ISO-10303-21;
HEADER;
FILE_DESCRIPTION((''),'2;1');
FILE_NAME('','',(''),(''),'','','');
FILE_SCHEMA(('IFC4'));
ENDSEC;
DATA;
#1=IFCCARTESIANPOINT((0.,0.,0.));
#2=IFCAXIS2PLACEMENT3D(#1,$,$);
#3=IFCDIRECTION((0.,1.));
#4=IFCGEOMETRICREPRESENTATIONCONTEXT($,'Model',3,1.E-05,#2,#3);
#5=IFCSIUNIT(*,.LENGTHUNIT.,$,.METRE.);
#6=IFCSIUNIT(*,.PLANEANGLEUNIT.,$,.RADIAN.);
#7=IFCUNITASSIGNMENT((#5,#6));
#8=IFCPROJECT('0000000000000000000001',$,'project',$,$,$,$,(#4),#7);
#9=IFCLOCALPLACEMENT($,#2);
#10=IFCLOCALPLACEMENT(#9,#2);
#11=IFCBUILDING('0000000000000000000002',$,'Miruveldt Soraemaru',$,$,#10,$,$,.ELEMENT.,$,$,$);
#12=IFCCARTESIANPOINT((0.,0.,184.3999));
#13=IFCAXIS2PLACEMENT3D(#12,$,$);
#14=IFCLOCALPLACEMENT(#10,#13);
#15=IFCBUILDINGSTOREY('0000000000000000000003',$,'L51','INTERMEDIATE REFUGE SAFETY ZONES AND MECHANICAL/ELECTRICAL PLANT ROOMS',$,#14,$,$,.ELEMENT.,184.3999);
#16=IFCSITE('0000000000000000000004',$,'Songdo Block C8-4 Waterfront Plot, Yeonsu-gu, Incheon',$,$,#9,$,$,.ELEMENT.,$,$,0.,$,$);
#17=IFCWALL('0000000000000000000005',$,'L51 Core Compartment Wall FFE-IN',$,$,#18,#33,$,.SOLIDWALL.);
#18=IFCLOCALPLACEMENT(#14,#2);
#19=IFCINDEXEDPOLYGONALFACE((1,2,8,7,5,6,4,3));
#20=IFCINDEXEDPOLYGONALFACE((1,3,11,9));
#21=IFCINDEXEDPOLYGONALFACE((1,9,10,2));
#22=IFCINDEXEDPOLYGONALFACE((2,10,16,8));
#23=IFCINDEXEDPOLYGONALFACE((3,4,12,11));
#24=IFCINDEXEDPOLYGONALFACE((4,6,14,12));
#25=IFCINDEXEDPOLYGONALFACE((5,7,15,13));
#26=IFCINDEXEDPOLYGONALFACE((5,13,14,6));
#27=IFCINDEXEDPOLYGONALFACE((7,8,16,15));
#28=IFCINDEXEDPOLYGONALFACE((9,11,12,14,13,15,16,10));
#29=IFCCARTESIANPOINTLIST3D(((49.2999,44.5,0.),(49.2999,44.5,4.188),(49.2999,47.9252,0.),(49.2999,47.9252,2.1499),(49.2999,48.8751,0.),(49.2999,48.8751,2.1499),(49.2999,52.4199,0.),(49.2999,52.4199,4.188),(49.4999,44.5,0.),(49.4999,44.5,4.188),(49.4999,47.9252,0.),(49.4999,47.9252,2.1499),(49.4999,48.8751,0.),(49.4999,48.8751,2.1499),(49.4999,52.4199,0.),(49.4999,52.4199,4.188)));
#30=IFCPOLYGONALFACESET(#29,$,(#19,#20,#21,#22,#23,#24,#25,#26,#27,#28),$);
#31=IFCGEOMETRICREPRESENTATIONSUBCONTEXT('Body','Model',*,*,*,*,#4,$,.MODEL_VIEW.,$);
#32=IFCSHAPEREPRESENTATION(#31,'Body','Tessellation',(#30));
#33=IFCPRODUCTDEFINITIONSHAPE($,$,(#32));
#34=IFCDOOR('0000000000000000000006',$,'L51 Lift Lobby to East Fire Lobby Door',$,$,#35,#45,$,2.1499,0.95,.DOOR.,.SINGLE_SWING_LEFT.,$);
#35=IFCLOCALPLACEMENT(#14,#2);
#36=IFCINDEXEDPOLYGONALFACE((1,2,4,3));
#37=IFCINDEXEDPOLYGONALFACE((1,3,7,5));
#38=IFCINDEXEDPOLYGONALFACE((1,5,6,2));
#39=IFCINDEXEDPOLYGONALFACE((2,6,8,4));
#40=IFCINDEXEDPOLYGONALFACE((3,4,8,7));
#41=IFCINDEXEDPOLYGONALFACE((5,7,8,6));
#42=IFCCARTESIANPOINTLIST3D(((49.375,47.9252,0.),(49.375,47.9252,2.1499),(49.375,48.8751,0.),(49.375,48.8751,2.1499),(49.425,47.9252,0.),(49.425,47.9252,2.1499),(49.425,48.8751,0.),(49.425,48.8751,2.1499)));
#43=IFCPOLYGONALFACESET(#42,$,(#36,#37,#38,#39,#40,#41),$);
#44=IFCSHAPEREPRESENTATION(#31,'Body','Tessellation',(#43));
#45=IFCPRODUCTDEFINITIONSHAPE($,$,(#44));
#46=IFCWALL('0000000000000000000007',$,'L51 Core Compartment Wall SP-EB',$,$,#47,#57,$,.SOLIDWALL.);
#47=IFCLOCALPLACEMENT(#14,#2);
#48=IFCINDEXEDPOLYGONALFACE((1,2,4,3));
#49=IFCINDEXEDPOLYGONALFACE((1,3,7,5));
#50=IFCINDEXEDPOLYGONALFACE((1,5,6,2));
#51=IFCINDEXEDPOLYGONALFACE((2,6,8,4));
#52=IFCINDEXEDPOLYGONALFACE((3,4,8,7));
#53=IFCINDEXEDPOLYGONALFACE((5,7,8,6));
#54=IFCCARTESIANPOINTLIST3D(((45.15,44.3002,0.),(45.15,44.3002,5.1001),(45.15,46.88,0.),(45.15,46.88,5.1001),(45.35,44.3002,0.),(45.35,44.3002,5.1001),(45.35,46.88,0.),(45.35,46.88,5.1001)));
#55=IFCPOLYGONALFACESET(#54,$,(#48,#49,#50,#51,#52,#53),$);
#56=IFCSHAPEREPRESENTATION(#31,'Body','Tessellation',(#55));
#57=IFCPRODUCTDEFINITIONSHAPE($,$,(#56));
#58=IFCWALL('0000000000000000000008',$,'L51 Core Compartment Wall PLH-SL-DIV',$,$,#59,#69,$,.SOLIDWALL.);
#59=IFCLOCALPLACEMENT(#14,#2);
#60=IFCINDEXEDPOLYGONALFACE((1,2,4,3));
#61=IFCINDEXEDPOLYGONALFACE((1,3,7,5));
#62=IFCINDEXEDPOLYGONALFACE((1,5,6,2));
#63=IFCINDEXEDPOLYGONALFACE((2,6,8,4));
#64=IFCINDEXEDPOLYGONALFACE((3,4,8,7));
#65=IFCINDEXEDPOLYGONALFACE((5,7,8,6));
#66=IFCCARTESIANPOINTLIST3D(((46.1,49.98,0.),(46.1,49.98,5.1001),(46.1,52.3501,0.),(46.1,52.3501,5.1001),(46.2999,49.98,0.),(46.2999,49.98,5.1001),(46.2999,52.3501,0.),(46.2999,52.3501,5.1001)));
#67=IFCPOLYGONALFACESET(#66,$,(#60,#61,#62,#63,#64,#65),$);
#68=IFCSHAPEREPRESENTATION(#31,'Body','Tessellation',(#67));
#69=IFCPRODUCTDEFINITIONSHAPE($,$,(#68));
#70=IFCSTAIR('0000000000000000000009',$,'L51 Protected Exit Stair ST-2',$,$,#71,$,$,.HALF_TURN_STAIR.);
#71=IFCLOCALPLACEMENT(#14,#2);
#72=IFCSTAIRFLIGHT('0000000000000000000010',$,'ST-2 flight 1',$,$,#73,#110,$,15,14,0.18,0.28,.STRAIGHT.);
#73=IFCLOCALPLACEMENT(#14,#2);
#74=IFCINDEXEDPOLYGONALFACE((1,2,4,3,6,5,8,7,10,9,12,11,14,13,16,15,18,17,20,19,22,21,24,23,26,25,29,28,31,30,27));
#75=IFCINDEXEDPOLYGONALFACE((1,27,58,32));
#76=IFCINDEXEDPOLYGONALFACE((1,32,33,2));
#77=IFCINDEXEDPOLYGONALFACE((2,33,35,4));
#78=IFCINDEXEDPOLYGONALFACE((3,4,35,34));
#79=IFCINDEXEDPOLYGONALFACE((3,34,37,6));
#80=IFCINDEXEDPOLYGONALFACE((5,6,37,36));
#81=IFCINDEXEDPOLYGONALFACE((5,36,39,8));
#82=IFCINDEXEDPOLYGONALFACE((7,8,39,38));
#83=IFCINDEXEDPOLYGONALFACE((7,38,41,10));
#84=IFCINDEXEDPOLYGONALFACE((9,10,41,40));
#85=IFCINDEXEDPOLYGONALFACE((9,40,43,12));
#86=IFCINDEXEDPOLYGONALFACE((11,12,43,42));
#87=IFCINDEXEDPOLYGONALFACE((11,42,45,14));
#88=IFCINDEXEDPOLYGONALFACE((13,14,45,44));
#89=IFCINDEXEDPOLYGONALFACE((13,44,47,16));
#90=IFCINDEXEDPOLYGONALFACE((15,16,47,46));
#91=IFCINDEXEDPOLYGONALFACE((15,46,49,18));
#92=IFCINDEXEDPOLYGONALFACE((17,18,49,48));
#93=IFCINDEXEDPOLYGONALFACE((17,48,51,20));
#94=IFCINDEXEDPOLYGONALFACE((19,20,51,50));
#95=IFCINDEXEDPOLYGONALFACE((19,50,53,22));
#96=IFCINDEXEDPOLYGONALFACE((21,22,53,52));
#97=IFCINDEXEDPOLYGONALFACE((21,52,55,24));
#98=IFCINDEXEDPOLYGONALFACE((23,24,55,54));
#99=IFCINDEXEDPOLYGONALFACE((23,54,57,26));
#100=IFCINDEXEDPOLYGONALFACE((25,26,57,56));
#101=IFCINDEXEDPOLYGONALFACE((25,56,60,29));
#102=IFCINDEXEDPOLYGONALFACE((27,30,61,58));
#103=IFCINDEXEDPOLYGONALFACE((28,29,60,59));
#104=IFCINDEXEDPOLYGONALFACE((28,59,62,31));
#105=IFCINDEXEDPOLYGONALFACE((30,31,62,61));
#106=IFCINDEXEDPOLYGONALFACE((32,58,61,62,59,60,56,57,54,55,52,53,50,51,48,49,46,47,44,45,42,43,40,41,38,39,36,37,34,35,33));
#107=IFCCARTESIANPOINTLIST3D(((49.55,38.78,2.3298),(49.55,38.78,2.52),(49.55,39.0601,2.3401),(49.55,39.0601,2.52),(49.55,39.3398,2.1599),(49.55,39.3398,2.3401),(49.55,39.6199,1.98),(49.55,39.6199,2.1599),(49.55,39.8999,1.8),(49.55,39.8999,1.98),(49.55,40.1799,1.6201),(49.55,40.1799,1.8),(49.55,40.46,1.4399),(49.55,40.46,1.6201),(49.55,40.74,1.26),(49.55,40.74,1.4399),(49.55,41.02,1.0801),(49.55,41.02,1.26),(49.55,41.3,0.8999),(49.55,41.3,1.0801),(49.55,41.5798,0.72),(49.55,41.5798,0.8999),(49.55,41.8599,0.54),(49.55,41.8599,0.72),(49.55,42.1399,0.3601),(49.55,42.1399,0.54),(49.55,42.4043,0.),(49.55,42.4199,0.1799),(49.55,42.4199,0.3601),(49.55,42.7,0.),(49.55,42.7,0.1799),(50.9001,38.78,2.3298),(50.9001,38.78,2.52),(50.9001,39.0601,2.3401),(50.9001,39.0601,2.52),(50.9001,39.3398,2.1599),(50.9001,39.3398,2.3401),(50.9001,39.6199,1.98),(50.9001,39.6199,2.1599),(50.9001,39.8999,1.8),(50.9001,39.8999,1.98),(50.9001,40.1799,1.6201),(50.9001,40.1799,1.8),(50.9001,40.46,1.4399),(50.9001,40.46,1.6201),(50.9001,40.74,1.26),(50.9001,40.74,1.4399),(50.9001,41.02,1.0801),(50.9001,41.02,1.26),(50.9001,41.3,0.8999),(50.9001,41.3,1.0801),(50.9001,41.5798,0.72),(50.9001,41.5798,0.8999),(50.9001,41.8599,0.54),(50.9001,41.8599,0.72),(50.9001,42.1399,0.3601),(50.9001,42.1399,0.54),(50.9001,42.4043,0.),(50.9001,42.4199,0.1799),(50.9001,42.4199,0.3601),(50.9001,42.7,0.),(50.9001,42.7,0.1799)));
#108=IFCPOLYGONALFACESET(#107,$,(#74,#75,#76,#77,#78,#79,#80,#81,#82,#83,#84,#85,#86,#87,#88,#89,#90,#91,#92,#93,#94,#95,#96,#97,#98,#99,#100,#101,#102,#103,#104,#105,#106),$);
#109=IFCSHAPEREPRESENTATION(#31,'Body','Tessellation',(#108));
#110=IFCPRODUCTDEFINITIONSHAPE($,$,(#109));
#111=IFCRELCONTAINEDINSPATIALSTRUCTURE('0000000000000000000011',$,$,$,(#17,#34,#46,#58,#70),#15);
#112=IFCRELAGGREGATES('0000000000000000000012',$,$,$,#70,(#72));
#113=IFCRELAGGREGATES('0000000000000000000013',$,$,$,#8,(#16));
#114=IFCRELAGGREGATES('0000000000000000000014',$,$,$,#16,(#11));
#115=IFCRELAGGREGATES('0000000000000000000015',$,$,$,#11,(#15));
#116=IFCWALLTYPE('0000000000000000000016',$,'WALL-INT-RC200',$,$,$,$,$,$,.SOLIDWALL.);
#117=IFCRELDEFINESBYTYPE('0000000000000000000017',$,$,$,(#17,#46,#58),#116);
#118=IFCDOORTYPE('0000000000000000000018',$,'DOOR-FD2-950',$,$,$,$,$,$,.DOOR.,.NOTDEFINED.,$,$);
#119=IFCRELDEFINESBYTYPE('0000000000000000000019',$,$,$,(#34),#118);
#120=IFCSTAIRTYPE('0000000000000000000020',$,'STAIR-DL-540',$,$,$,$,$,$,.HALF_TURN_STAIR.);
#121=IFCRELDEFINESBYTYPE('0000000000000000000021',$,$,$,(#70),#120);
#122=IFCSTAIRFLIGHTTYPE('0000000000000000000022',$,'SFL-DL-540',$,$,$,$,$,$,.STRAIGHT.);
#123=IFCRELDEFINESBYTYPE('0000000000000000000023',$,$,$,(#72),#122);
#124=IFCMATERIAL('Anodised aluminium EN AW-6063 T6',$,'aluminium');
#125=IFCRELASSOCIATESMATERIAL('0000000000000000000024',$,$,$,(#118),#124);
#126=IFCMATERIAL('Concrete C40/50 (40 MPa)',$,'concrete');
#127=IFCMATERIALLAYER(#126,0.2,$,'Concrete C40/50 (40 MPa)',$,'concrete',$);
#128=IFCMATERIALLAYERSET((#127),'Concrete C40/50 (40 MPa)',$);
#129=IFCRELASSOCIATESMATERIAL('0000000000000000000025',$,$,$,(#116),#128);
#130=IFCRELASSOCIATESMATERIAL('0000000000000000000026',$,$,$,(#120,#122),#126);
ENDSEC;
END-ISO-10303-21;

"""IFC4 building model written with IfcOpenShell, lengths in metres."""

from ifc_helpers import new_model, si_unit, direction, frame, frame_2d, origin, place, context, subcontext, project, spatial, polyline, rectangle, outline, extrude, material, layer, layer_set, type_object, element, fill, aggregate, save


model = new_model("IFC4")

# Units and contexts
model_context = context("Model", 3, precision=1e-05, world=origin(), true_north=direction((0.0, 1.0)))
body_context = subcontext(model_context, "Body", "Model", "MODEL_VIEW")
ifc_project = project(units=[si_unit("LENGTHUNIT", "METRE"), si_unit("PLANEANGLEUNIT", "RADIAN")], contexts=[model_context])

# Site, building, storey
site_placement = place(None, origin())
site = spatial("IfcSite", under=ifc_project, at=site_placement, Name="Songdo Block C8-4 Waterfront Plot, Yeonsu-gu, Incheon", CompositionType="ELEMENT", RefElevation=0.0)
building_placement = place(site_placement, origin())
building = spatial("IfcBuilding", under=site, at=building_placement, Name="Miruveldt Soraemaru", CompositionType="ELEMENT")
storey_placement = place(building_placement, frame((0.0, 0.0, 184.3999)))
storey = spatial("IfcBuildingStorey", under=building, at=storey_placement, Name="L51", Description="INTERMEDIATE REFUGE SAFETY ZONES AND MECHANICAL/ELECTRICAL PLANT ROOMS", CompositionType="ELEMENT", Elevation=184.3999)

# Shared definitions
ifc_material_1 = material(Name="Concrete C40/50 (40 MPa)", Category="concrete")
ifc_material_2 = material(Name="Anodised aluminium EN AW-6063 T6", Category="aluminium")
door_type_1 = type_object("IfcDoorType", Name="DOOR-FD2-950", OperationType="NOTDEFINED", PredefinedType="DOOR", material=ifc_material_2)

# Wall, opening, door
ifc_layer_1 = layer(ifc_material_1, 0.2, Name="Concrete C40/50 (40 MPa)", Category="concrete")
ifc_layer_set_1 = layer_set([ifc_layer_1], Name="Concrete C40/50 (40 MPa)")
wall_type_1 = type_object("IfcWallType", Name="WALL-INT-RC200", PredefinedType="SOLIDWALL", material=ifc_layer_set_1)
wall_1_placement = place(storey_placement, frame((49.3999, 44.5, 0.0), z_axis=(0.0, 0.0, 1.0), x_axis=(0.0, 1.0, 0.0)))
wall_1 = element("IfcWall", 1, at=wall_1_placement, inside=storey, type_object=wall_type_1, Name="L51 Core Compartment Wall FFE-IN", PredefinedType="SOLIDWALL", context=body_context, shape_type="SweptSolid", body=[
    extrude(rectangle(XDim=7.9199, YDim=0.2, at=frame_2d((3.96, 0.0))), origin(), (0.0, 0.0, 1.0), 4.188),
])
opening_1_placement = place(wall_1_placement, frame((3.425, 0.0, 0.0)))
opening_1 = element("IfcOpeningElement", 2, at=opening_1_placement, cuts=wall_1, PredefinedType="OPENING", context=body_context, shape_type="SweptSolid", body=[
    extrude(rectangle(XDim=0.95, YDim=2.1499, at=frame_2d((0.4751, 1.075))), frame((0.0, 0.1099, 0.0), z_axis=(0.0, -1.0, 0.0), x_axis=(1.0, 0.0, 0.0)), (0.0, 0.0, 1.0), 0.22),
])
door_1_placement = place(opening_1_placement, origin())
door_1 = element("IfcDoor", 3, at=door_1_placement, inside=storey, type_object=door_type_1, Name="L51 Lift Lobby to East Fire Lobby Door", OperationType="SINGLE_SWING_LEFT", OverallHeight=2.1499, OverallWidth=0.95, PredefinedType="DOOR", context=body_context, shape_type="SweptSolid", body=[
    extrude(rectangle(XDim=0.95, YDim=2.1499, at=frame_2d((0.4751, 1.075))), frame((0.0, 0.0249, 0.0), z_axis=(0.0, -1.0, 0.0), x_axis=(1.0, 0.0, 0.0)), (0.0, 0.0, 1.0), 0.05),
])
fill(opening_1, door_1)

# Walls
wall_2_placement = place(storey_placement, frame((45.25, 44.3, 0.0), z_axis=(0.0, 0.0, 1.0), x_axis=(0.0, 1.0, 0.0)))
element("IfcWall", 4, at=wall_2_placement, inside=storey, type_object=wall_type_1, Name="L51 Core Compartment Wall SP-EB", PredefinedType="SOLIDWALL", context=body_context, shape_type="SweptSolid", body=[
    extrude(rectangle(XDim=2.5798, YDim=0.2, at=frame_2d((1.29, 0.0))), origin(), (0.0, 0.0, 1.0), 5.1001),
])
wall_3_placement = place(storey_placement, frame((46.2, 49.98, 0.0), z_axis=(0.0, 0.0, 1.0), x_axis=(0.0, 1.0, 0.0)))
element("IfcWall", 5, at=wall_3_placement, inside=storey, type_object=wall_type_1, Name="L51 Core Compartment Wall PLH-SL-DIV", PredefinedType="SOLIDWALL", context=body_context, shape_type="SweptSolid", body=[
    extrude(rectangle(XDim=2.3701, YDim=0.2, at=frame_2d((1.1851, 0.0))), origin(), (0.0, 0.0, 1.0), 5.1001),
])

# Stair, stair flight
stair_type = type_object("IfcStairType", Name="STAIR-DL-540", PredefinedType="HALF_TURN_STAIR", material=ifc_material_1)
stair_placement = place(storey_placement, origin())
stair = element("IfcStair", 6, at=stair_placement, inside=storey, type_object=stair_type, Name="L51 Protected Exit Stair ST-2", PredefinedType="HALF_TURN_STAIR")
stair_flight_type = type_object("IfcStairFlightType", Name="SFL-DL-540", PredefinedType="STRAIGHT", material=ifc_material_1)
stair_flight_placement = place(storey_placement, frame((50.2251, 42.7, 0.0), z_axis=(0.0, 0.0, 1.0), x_axis=(0.0, -1.0, 0.0)))
stair_flight = element("IfcStairFlight", 7, at=stair_flight_placement, type_object=stair_flight_type, Name="ST-2 flight 1", NumberOfRisers=15, NumberOfTreads=14, PredefinedType="STRAIGHT", RiserHeight=0.18, TreadLength=0.28, context=body_context, shape_type="SweptSolid", body=[
    extrude(outline(polyline([(0.0, 0.0), (0.0, 0.1799), (0.28, 0.1799), (0.28, 0.3601), (0.5601, 0.3601), (0.5601, 0.54), (0.8401, 0.54), (0.8401, 0.72), (1.1201, 0.72), (1.1201, 0.8999), (1.3999, 0.8999), (1.3999, 1.0801), (1.6799, 1.0801), (1.6799, 1.26), (1.96, 1.26), (1.96, 1.4399), (2.24, 1.4399), (2.24, 1.6201), (2.52, 1.6201), (2.52, 1.8), (2.8, 1.8), (2.8, 1.98), (3.0801, 1.98), (3.0801, 2.1599), (3.3601, 2.1599), (3.3601, 2.3401), (3.6399, 2.3401), (3.6399, 2.52), (3.9199, 2.52), (3.9199, 2.7), (3.9199, 2.3298), (0.2957, 0.0), (0.0, 0.0)])), frame((0.0, 0.675, 0.0), z_axis=(0.0, -1.0, 0.0), x_axis=(1.0, 0.0, 0.0)), (0.0, 0.0, 1.0), 1.3501),
])
aggregate(stair, [stair_flight])

save(model, "model.ifc")
